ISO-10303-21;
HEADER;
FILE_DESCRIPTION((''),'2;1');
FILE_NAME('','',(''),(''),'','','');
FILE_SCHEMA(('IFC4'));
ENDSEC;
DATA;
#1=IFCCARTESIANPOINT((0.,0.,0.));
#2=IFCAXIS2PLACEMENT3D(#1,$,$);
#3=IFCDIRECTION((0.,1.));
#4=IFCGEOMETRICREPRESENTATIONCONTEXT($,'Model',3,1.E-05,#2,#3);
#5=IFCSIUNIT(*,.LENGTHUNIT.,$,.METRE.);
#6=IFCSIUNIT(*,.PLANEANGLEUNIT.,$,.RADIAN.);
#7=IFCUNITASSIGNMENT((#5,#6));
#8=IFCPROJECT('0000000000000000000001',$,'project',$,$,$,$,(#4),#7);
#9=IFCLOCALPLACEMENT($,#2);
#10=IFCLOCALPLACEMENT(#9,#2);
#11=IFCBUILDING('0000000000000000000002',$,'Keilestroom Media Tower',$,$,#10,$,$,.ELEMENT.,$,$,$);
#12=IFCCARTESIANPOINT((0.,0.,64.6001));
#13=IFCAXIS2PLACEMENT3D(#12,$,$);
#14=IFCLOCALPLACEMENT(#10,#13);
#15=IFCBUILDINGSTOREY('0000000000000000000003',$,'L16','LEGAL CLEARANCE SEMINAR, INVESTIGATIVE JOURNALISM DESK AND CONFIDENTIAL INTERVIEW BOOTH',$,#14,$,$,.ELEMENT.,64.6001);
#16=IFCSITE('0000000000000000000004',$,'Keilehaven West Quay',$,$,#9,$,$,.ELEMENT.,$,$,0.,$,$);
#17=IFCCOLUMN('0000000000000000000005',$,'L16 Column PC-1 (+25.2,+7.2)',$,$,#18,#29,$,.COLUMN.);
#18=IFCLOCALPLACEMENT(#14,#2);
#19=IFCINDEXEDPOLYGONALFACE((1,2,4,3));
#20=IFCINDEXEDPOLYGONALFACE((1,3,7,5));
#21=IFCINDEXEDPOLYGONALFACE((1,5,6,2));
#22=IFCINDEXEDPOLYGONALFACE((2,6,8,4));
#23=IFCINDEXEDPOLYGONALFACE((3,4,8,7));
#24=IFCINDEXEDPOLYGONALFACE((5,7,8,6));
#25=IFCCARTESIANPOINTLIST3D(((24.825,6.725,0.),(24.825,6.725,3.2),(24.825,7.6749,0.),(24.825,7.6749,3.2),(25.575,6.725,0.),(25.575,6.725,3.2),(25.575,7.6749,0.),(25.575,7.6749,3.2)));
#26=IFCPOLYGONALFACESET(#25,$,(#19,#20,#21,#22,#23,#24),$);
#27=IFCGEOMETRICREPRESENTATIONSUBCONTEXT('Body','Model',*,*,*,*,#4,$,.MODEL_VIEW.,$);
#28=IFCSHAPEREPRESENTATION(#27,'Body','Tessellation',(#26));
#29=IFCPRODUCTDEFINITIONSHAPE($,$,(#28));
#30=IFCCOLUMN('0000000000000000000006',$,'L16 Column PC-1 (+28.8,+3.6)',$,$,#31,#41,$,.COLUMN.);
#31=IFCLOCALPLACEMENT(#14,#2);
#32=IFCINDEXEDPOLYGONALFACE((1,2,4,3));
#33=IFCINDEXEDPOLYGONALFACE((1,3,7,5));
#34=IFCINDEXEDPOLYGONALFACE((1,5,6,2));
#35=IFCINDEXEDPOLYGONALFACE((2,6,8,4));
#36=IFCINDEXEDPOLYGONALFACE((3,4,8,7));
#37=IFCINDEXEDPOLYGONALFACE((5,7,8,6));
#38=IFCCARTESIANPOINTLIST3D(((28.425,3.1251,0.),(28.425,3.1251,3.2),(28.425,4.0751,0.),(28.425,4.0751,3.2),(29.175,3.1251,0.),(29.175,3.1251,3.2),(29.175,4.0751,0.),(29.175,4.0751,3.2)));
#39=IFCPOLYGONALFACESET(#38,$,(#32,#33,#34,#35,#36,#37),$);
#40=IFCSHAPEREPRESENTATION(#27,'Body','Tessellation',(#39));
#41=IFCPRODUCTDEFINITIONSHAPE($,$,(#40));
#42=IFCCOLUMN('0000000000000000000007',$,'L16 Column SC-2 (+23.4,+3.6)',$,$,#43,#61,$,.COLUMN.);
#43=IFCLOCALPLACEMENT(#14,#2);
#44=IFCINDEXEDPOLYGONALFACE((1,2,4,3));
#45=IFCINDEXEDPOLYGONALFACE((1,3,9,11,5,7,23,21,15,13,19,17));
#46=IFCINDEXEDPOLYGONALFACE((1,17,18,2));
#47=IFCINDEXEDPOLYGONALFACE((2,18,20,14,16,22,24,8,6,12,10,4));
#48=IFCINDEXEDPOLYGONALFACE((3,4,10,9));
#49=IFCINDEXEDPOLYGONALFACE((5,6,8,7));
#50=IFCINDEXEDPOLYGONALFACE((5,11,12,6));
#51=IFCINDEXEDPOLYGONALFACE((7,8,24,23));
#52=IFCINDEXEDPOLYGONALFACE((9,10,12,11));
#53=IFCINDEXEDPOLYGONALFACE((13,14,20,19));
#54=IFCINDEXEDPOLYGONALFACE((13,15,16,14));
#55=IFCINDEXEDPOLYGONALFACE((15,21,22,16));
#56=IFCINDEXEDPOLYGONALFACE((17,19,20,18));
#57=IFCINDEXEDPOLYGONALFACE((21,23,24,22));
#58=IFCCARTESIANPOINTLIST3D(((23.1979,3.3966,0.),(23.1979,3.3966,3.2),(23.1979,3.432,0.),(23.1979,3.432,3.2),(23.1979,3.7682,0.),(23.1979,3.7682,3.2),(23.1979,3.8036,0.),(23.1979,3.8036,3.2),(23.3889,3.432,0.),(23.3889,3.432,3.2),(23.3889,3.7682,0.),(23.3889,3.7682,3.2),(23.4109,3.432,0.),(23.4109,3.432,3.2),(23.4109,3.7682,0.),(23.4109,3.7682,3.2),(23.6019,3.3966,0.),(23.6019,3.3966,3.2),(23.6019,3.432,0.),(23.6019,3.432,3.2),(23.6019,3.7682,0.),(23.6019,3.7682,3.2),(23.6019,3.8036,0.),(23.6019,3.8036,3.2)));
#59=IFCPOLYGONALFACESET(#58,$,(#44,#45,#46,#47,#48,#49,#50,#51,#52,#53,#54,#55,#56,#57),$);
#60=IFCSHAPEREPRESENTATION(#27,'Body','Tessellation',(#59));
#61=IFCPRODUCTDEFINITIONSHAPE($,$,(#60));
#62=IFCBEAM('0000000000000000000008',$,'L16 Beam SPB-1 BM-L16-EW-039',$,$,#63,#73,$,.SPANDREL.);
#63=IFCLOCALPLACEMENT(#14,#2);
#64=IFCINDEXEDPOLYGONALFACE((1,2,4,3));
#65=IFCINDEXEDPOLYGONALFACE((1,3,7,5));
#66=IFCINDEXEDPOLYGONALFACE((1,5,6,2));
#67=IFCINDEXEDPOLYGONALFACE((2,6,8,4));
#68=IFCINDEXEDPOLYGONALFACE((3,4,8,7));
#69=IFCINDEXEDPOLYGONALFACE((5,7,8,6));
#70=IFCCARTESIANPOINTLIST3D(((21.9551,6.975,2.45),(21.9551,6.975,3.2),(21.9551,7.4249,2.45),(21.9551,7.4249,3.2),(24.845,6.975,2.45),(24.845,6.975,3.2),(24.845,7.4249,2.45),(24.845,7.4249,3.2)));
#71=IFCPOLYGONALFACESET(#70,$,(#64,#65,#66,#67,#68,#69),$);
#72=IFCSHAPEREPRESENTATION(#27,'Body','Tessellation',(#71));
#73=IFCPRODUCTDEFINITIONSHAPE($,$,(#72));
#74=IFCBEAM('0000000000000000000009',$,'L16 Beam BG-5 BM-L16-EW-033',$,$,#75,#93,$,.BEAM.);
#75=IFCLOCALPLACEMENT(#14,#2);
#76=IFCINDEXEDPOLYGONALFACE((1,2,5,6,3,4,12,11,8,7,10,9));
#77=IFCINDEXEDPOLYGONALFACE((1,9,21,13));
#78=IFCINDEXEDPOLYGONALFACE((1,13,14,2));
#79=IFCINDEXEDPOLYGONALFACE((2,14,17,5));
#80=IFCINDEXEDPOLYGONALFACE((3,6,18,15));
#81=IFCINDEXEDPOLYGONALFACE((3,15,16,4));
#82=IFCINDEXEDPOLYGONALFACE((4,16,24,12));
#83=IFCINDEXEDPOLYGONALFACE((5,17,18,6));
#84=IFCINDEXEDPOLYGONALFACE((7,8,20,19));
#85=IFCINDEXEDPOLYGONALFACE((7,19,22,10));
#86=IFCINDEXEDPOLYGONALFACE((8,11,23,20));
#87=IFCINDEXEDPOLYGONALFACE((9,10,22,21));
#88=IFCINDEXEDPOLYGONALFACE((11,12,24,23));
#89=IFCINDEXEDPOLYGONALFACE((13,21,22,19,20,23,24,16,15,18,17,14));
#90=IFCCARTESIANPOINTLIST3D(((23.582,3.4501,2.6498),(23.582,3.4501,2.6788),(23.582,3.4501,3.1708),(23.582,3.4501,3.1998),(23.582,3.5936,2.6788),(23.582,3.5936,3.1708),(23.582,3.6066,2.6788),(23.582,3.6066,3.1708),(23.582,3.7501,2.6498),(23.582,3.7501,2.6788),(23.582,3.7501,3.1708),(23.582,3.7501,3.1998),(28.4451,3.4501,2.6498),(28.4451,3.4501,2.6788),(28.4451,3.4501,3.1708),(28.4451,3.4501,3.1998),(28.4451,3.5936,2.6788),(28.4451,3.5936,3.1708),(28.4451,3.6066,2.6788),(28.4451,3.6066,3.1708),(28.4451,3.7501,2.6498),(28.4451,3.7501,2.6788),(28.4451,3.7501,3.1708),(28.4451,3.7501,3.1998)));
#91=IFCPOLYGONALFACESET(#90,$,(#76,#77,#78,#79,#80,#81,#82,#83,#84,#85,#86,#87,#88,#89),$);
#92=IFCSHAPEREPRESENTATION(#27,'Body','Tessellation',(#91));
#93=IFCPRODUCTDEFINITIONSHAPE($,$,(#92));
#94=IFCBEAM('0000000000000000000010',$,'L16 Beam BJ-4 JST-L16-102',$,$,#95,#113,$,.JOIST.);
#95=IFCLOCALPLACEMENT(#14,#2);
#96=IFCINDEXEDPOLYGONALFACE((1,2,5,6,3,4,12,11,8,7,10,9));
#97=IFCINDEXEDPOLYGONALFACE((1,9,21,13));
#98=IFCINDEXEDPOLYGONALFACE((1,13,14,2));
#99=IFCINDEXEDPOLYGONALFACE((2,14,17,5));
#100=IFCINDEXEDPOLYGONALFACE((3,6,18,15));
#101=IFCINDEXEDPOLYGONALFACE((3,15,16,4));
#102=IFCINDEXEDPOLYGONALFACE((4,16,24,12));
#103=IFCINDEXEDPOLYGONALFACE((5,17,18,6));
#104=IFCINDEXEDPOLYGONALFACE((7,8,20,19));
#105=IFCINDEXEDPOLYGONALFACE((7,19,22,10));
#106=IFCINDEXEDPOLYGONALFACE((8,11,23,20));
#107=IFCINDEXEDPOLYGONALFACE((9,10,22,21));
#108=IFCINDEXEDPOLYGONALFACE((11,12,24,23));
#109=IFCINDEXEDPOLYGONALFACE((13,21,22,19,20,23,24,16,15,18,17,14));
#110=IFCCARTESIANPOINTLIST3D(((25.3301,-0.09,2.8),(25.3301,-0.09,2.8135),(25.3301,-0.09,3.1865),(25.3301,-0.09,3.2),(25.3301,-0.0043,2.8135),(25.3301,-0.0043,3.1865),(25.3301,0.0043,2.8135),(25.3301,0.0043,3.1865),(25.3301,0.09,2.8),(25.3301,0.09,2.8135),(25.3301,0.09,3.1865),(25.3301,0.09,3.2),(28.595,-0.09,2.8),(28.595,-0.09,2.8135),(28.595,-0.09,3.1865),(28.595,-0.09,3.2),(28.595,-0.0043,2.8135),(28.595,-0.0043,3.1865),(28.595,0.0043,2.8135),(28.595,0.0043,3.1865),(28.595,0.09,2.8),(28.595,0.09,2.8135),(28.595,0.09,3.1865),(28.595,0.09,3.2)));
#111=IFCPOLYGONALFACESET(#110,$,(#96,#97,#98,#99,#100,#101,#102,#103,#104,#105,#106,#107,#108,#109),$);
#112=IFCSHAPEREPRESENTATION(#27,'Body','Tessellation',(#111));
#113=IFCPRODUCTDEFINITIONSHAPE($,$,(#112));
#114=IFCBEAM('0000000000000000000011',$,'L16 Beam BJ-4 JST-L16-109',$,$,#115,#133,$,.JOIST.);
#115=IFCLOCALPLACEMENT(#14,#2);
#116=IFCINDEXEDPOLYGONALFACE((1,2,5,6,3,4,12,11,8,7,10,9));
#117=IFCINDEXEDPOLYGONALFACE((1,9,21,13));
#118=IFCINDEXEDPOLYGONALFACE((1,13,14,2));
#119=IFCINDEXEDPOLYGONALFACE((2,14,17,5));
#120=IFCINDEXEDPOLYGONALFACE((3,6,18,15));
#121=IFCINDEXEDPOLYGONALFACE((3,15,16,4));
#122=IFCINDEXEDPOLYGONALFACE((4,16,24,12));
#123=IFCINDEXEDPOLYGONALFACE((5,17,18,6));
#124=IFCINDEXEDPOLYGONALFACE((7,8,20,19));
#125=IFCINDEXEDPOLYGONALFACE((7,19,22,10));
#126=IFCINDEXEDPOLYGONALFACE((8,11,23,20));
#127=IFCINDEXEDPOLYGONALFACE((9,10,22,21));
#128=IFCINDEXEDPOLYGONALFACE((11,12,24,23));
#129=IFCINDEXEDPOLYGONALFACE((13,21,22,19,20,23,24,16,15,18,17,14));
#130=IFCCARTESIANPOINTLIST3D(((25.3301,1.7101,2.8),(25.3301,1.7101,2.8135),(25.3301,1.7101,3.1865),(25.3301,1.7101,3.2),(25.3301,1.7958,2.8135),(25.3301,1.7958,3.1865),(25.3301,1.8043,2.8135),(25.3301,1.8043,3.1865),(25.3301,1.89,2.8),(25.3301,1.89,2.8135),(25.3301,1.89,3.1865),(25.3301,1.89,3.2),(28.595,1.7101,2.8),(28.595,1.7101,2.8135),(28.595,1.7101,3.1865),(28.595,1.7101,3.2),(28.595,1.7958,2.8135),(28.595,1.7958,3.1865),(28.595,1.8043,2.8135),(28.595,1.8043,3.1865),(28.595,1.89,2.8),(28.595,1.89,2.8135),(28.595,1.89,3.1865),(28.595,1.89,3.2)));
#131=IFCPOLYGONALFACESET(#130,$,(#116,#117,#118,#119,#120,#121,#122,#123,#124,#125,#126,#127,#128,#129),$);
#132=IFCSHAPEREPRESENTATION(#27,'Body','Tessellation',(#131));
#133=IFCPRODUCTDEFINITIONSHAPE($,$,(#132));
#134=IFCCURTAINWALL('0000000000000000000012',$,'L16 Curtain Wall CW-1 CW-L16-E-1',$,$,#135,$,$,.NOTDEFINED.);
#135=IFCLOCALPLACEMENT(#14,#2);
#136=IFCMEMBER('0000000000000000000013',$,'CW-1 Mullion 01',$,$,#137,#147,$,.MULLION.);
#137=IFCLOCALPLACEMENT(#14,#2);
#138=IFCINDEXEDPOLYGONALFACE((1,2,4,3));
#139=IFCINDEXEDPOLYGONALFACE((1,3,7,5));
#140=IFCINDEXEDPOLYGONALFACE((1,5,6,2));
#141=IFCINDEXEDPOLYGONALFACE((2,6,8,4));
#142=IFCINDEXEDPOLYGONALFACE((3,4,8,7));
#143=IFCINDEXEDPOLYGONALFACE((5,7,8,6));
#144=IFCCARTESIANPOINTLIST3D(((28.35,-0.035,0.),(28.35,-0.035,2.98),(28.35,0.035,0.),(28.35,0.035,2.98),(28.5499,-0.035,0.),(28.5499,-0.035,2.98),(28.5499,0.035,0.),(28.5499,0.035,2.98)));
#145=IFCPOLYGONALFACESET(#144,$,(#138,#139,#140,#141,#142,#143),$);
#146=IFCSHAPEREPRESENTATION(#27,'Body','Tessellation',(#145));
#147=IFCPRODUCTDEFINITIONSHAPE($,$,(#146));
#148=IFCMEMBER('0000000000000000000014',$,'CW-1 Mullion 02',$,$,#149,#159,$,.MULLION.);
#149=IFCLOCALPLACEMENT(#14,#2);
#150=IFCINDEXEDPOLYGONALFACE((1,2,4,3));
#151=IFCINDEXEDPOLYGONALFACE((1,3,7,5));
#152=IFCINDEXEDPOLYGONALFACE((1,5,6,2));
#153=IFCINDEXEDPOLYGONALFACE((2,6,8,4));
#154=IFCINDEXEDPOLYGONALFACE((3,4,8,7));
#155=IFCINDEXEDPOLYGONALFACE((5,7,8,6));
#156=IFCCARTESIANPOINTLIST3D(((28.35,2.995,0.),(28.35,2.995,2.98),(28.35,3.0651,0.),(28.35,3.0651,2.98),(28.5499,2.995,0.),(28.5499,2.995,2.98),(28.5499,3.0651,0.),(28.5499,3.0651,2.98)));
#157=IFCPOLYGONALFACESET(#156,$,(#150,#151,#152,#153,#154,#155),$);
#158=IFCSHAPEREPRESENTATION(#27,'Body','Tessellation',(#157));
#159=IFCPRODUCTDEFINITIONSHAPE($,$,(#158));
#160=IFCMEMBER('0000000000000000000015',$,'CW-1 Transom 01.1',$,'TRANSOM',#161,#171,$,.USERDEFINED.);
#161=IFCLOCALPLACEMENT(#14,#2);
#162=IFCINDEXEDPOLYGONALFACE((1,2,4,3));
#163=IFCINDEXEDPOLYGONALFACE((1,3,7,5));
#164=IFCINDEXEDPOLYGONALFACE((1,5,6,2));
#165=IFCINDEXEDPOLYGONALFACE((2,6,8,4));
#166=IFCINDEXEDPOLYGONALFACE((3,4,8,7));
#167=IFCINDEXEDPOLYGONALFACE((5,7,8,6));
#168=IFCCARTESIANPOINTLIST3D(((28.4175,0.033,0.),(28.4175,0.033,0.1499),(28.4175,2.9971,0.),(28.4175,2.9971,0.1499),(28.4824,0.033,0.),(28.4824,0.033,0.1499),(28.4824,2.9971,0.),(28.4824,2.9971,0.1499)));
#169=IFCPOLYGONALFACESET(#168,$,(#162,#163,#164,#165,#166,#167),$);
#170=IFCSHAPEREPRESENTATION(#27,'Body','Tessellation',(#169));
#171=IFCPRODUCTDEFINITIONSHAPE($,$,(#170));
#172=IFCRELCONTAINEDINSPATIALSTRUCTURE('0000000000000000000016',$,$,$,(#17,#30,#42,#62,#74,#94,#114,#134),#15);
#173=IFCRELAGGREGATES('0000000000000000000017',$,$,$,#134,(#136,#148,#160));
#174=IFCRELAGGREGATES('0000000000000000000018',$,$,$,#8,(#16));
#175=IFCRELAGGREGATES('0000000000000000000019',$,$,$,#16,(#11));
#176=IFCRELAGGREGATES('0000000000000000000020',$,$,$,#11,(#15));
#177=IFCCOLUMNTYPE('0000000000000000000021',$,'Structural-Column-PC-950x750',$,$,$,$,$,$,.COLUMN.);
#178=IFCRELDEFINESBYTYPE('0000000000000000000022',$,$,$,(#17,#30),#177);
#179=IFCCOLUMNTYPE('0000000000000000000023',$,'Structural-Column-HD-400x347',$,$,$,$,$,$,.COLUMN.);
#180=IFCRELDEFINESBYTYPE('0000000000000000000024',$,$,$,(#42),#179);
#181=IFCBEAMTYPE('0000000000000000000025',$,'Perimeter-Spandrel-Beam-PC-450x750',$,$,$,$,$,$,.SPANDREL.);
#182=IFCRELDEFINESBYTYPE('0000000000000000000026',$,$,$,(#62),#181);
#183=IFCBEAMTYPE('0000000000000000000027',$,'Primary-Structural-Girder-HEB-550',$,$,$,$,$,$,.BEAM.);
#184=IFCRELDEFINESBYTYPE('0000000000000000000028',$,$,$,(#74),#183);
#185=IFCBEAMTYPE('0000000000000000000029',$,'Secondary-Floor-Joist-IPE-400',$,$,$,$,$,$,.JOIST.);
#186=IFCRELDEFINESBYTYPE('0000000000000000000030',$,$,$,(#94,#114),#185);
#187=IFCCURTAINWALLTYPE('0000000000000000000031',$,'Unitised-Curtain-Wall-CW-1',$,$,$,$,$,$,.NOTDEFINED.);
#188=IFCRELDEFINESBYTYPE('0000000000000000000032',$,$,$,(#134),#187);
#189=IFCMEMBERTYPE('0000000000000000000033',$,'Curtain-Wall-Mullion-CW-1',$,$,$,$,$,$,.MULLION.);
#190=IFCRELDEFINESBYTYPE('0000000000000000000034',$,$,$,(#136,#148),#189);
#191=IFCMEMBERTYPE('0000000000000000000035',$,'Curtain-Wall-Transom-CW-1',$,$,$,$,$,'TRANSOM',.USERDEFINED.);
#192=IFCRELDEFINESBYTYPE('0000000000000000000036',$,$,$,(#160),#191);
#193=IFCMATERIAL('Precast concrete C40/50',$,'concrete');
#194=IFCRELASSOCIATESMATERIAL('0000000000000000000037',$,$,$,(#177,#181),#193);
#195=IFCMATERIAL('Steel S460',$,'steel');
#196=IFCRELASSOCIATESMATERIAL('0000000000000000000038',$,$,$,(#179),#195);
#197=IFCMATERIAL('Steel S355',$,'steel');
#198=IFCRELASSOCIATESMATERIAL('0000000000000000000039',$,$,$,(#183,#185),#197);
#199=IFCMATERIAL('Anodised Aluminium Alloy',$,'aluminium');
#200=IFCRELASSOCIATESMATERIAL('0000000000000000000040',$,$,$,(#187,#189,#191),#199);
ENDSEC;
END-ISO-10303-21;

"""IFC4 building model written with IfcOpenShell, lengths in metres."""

from ifc_helpers import new_model, si_unit, direction, frame, origin, origin_2d, place, context, subcontext, project, spatial, rectangle, i_section, extrude, source, transform, mapped, material, material_profile, profile_set, type_object, element, aggregate, save


model = new_model("IFC4")

# Units and contexts
model_context = context("Model", 3, precision=1e-05, world=origin(), true_north=direction((0.0, 1.0)))
body_context = subcontext(model_context, "Body", "Model", "MODEL_VIEW")
ifc_project = project(units=[si_unit("LENGTHUNIT", "METRE"), si_unit("PLANEANGLEUNIT", "RADIAN")], contexts=[model_context])

# Site, building, storey
site_placement = place(None, origin())
site = spatial("IfcSite", under=ifc_project, at=site_placement, Name="Keilehaven West Quay", CompositionType="ELEMENT", RefElevation=0.0)
building_placement = place(site_placement, origin())
building = spatial("IfcBuilding", under=site, at=building_placement, Name="Keilestroom Media Tower", CompositionType="ELEMENT")
storey_placement = place(building_placement, frame((0.0, 0.0, 64.6001)))
storey = spatial("IfcBuildingStorey", under=building, at=storey_placement, Name="L16", Description="LEGAL CLEARANCE SEMINAR, INVESTIGATIVE JOURNALISM DESK AND CONFIDENTIAL INTERVIEW BOOTH", CompositionType="ELEMENT", Elevation=64.6001)

# Columns
ifc_material_1 = material(Name="Precast concrete C40/50", Category="concrete")
ifc_material_profile_1 = material_profile(ifc_material_1, rectangle(XDim=0.75, YDim=0.95, at=origin_2d()), Name="PC 950x750")
ifc_profile_set_1 = profile_set([ifc_material_profile_1], Name="Precast concrete C40/50")
column_type_1 = type_object("IfcColumnType", Name="Structural-Column-PC-950x750", PredefinedType="COLUMN", material=ifc_profile_set_1)
shared_shape_1 = source(origin(), body_context, "Body", "SweptSolid", [
    extrude(rectangle(XDim=0.75, YDim=0.95, at=origin_2d()), origin(), (0.0, 0.0, 1.0), 3.2),
])
for number, where, z_axis, x_axis, name in (
    (1, (25.2, 7.2, 0.0), (0.0, 0.0, 1.0), (1.0, 0.0, 0.0), "L16 Column PC-1 (+25.2,+7.2)"),
    (2, (28.8, 3.6001, 0.0), (0.0, 0.0, 1.0), (1.0, 0.0, 0.0), "L16 Column PC-1 (+28.8,+3.6)"),
):
    element("IfcColumn", number, at=place(storey_placement, frame(where, z_axis=z_axis, x_axis=x_axis)), inside=storey, type_object=column_type_1, Name=name, PredefinedType="COLUMN", context=body_context, shape_type="MappedRepresentation", body=[
        mapped(shared_shape_1, transform((0.0, 0.0, 0.0), x_axis=(1.0, 0.0, 0.0), y_axis=(0.0, 1.0, 0.0), z_axis=(0.0, 0.0, 1.0), scale=1.0)),
    ])
ifc_material_2 = material(Name="Steel S460", Category="steel")
ifc_material_profile_2 = material_profile(ifc_material_2, i_section(OverallWidth=0.4041, OverallDepth=0.407, WebThickness=0.022, FlangeThickness=0.0354, at=origin_2d()), Name="HD 400x347")
ifc_profile_set_2 = profile_set([ifc_material_profile_2], Name="Steel S460")
column_type_2 = type_object("IfcColumnType", Name="Structural-Column-HD-400x347", PredefinedType="COLUMN", material=ifc_profile_set_2)
shared_shape_2 = source(origin(), body_context, "Body", "SweptSolid", [
    extrude(i_section(OverallWidth=0.4041, OverallDepth=0.407, WebThickness=0.022, FlangeThickness=0.0354, at=origin_2d()), origin(), (0.0, 0.0, 1.0), 3.2),
])
column_placement = place(storey_placement, frame((23.3999, 3.6001, 0.0), z_axis=(0.0, 0.0, 1.0), x_axis=(1.0, 0.0, 0.0)))
element("IfcColumn", 3, at=column_placement, inside=storey, type_object=column_type_2, Name="L16 Column SC-2 (+23.4,+3.6)", PredefinedType="COLUMN", context=body_context, shape_type="MappedRepresentation", body=[
    mapped(shared_shape_2, transform((0.0, 0.0, 0.0), x_axis=(1.0, 0.0, 0.0), y_axis=(0.0, 1.0, 0.0), z_axis=(0.0, 0.0, 1.0), scale=1.0)),
])

# Beams
ifc_material_profile_3 = material_profile(ifc_material_1, rectangle(XDim=0.45, YDim=0.75, at=origin_2d()), Name="PC 450x750")
ifc_profile_set_3 = profile_set([ifc_material_profile_3], Name="Precast concrete C40/50")
beam_type_1 = type_object("IfcBeamType", Name="Perimeter-Spandrel-Beam-PC-450x750", PredefinedType="SPANDREL", material=ifc_profile_set_3)
shared_shape_3 = source(origin(), body_context, "Body", "SweptSolid", [
    extrude(rectangle(XDim=0.45, YDim=0.75, at=origin_2d()), origin(), (0.0, 0.0, 1.0), 2.8899),
])
beam_1_placement = place(storey_placement, frame((21.9551, 7.2, 2.825), z_axis=(1.0, 0.0, 0.0), x_axis=(0.0, 1.0, 0.0)))
element("IfcBeam", 4, at=beam_1_placement, inside=storey, type_object=beam_type_1, Name="L16 Beam SPB-1 BM-L16-EW-039", PredefinedType="SPANDREL", context=body_context, shape_type="MappedRepresentation", body=[
    mapped(shared_shape_3, transform((0.0, 0.0, 0.0), x_axis=(1.0, 0.0, 0.0), y_axis=(0.0, 1.0, 0.0), z_axis=(0.0, 0.0, 1.0), scale=1.0)),
])
ifc_material_3 = material(Name="Steel S355", Category="steel")
ifc_material_profile_4 = material_profile(ifc_material_3, i_section(OverallWidth=0.3, OverallDepth=0.55, WebThickness=0.0129, FlangeThickness=0.0291, at=origin_2d()), Name="HEB 550")
ifc_profile_set_4 = profile_set([ifc_material_profile_4], Name="Steel S355")
beam_type_2 = type_object("IfcBeamType", Name="Primary-Structural-Girder-HEB-550", PredefinedType="BEAM", material=ifc_profile_set_4)
shared_shape_4 = source(origin(), body_context, "Body", "SweptSolid", [
    extrude(i_section(OverallWidth=0.3, OverallDepth=0.55, WebThickness=0.0129, FlangeThickness=0.0291, at=origin_2d()), origin(), (0.0, 0.0, 1.0), 4.863),
])
beam_2_placement = place(storey_placement, frame((23.582, 3.6001, 2.9248), z_axis=(1.0, 0.0, 0.0), x_axis=(0.0, 1.0, 0.0)))
element("IfcBeam", 5, at=beam_2_placement, inside=storey, type_object=beam_type_2, Name="L16 Beam BG-5 BM-L16-EW-033", PredefinedType="BEAM", context=body_context, shape_type="MappedRepresentation", body=[
    mapped(shared_shape_4, transform((0.0, 0.0, 0.0), x_axis=(1.0, 0.0, 0.0), y_axis=(0.0, 1.0, 0.0), z_axis=(0.0, 0.0, 1.0), scale=1.0)),
])
ifc_material_profile_5 = material_profile(ifc_material_3, i_section(OverallWidth=0.1799, OverallDepth=0.3999, WebThickness=0.0085, FlangeThickness=0.0134, at=origin_2d()), Name="IPE 400")
ifc_profile_set_5 = profile_set([ifc_material_profile_5], Name="Steel S355")
beam_type_3 = type_object("IfcBeamType", Name="Secondary-Floor-Joist-IPE-400", PredefinedType="JOIST", material=ifc_profile_set_5)
shared_shape_5 = source(origin(), body_context, "Body", "SweptSolid", [
    extrude(i_section(OverallWidth=0.1799, OverallDepth=0.3999, WebThickness=0.0085, FlangeThickness=0.0134, at=origin_2d()), origin(), (0.0, 0.0, 1.0), 3.2649),
])
for number, where, z_axis, x_axis, name in (
    (6, (25.3301, 0.0, 3.0), (1.0, 0.0, 0.0), (0.0, 1.0, 0.0), "L16 Beam BJ-4 JST-L16-102"),
    (7, (25.3301, 1.8, 3.0), (1.0, 0.0, 0.0), (0.0, 1.0, 0.0), "L16 Beam BJ-4 JST-L16-109"),
):
    element("IfcBeam", number, at=place(storey_placement, frame(where, z_axis=z_axis, x_axis=x_axis)), inside=storey, type_object=beam_type_3, Name=name, PredefinedType="JOIST", context=body_context, shape_type="MappedRepresentation", body=[
        mapped(shared_shape_5, transform((0.0, 0.0, 0.0), x_axis=(1.0, 0.0, 0.0), y_axis=(0.0, 1.0, 0.0), z_axis=(0.0, 0.0, 1.0), scale=1.0)),
    ])

# Curtain wall, members
ifc_material_4 = material(Name="Anodised Aluminium Alloy", Category="aluminium")
curtain_wall_type = type_object("IfcCurtainWallType", Name="Unitised-Curtain-Wall-CW-1", PredefinedType="NOTDEFINED", material=ifc_material_4)
curtain_wall_placement = place(storey_placement, origin())
curtain_wall = element("IfcCurtainWall", 8, at=curtain_wall_placement, inside=storey, type_object=curtain_wall_type, Name="L16 Curtain Wall CW-1 CW-L16-E-1", PredefinedType="NOTDEFINED")
ifc_material_profile_6 = material_profile(ifc_material_4, rectangle(XDim=0.0701, YDim=0.2, at=origin_2d()), Name="ALU MULLION 70x200")
ifc_profile_set_6 = profile_set([ifc_material_profile_6], Name="Anodised Aluminium Alloy")
member_type_1 = type_object("IfcMemberType", Name="Curtain-Wall-Mullion-CW-1", PredefinedType="MULLION", material=ifc_profile_set_6)
shared_shape_6 = source(origin(), body_context, "Body", "SweptSolid", [
    extrude(rectangle(XDim=0.0701, YDim=0.2, at=origin_2d()), origin(), (0.0, 0.0, 1.0), 2.98),
])
member_1_placement = place(storey_placement, frame((28.45, 0.0, 0.0), z_axis=(0.0, 0.0, 1.0), x_axis=(0.0, 1.0, 0.0)))
member_1 = element("IfcMember", 9, at=member_1_placement, type_object=member_type_1, Name="CW-1 Mullion 01", PredefinedType="MULLION", context=body_context, shape_type="MappedRepresentation", body=[
    mapped(shared_shape_6, transform((0.0, 0.0, 0.0), x_axis=(1.0, 0.0, 0.0), y_axis=(0.0, 1.0, 0.0), z_axis=(0.0, 0.0, 1.0), scale=1.0)),
])
member_2_placement = place(storey_placement, frame((28.45, 3.03, 0.0), z_axis=(0.0, 0.0, 1.0), x_axis=(0.0, 1.0, 0.0)))
member_2 = element("IfcMember", 10, at=member_2_placement, type_object=member_type_1, Name="CW-1 Mullion 02", PredefinedType="MULLION", context=body_context, shape_type="MappedRepresentation", body=[
    mapped(shared_shape_6, transform((0.0, 0.0, 0.0), x_axis=(1.0, 0.0, 0.0), y_axis=(0.0, 1.0, 0.0), z_axis=(0.0, 0.0, 1.0), scale=1.0)),
])
ifc_material_profile_7 = material_profile(ifc_material_4, rectangle(XDim=0.0649, YDim=0.1499, at=origin_2d()), Name="ALU TRANSOM 65x150")
ifc_profile_set_7 = profile_set([ifc_material_profile_7], Name="Anodised Aluminium Alloy")
member_type_2 = type_object("IfcMemberType", Name="Curtain-Wall-Transom-CW-1", ElementType="TRANSOM", PredefinedType="USERDEFINED", material=ifc_profile_set_7)
shared_shape_7 = source(origin(), body_context, "Body", "SweptSolid", [
    extrude(rectangle(XDim=0.0649, YDim=0.1499, at=origin_2d()), origin(), (0.0, 0.0, 1.0), 2.9641),
])
member_3_placement = place(storey_placement, frame((28.45, 0.033, 0.075), z_axis=(0.0, 1.0, 0.0), x_axis=(-1.0, 0.0, 0.0)))
member_3 = element("IfcMember", 11, at=member_3_placement, type_object=member_type_2, Name="CW-1 Transom 01.1", ObjectType="TRANSOM", PredefinedType="USERDEFINED", context=body_context, shape_type="MappedRepresentation", body=[
    mapped(shared_shape_7, transform((0.0, 0.0, 0.0), x_axis=(1.0, 0.0, 0.0), y_axis=(0.0, 1.0, 0.0), z_axis=(0.0, 0.0, 1.0), scale=1.0)),
])
aggregate(curtain_wall, [member_1, member_2, member_3])

save(model, "model.ifc")
